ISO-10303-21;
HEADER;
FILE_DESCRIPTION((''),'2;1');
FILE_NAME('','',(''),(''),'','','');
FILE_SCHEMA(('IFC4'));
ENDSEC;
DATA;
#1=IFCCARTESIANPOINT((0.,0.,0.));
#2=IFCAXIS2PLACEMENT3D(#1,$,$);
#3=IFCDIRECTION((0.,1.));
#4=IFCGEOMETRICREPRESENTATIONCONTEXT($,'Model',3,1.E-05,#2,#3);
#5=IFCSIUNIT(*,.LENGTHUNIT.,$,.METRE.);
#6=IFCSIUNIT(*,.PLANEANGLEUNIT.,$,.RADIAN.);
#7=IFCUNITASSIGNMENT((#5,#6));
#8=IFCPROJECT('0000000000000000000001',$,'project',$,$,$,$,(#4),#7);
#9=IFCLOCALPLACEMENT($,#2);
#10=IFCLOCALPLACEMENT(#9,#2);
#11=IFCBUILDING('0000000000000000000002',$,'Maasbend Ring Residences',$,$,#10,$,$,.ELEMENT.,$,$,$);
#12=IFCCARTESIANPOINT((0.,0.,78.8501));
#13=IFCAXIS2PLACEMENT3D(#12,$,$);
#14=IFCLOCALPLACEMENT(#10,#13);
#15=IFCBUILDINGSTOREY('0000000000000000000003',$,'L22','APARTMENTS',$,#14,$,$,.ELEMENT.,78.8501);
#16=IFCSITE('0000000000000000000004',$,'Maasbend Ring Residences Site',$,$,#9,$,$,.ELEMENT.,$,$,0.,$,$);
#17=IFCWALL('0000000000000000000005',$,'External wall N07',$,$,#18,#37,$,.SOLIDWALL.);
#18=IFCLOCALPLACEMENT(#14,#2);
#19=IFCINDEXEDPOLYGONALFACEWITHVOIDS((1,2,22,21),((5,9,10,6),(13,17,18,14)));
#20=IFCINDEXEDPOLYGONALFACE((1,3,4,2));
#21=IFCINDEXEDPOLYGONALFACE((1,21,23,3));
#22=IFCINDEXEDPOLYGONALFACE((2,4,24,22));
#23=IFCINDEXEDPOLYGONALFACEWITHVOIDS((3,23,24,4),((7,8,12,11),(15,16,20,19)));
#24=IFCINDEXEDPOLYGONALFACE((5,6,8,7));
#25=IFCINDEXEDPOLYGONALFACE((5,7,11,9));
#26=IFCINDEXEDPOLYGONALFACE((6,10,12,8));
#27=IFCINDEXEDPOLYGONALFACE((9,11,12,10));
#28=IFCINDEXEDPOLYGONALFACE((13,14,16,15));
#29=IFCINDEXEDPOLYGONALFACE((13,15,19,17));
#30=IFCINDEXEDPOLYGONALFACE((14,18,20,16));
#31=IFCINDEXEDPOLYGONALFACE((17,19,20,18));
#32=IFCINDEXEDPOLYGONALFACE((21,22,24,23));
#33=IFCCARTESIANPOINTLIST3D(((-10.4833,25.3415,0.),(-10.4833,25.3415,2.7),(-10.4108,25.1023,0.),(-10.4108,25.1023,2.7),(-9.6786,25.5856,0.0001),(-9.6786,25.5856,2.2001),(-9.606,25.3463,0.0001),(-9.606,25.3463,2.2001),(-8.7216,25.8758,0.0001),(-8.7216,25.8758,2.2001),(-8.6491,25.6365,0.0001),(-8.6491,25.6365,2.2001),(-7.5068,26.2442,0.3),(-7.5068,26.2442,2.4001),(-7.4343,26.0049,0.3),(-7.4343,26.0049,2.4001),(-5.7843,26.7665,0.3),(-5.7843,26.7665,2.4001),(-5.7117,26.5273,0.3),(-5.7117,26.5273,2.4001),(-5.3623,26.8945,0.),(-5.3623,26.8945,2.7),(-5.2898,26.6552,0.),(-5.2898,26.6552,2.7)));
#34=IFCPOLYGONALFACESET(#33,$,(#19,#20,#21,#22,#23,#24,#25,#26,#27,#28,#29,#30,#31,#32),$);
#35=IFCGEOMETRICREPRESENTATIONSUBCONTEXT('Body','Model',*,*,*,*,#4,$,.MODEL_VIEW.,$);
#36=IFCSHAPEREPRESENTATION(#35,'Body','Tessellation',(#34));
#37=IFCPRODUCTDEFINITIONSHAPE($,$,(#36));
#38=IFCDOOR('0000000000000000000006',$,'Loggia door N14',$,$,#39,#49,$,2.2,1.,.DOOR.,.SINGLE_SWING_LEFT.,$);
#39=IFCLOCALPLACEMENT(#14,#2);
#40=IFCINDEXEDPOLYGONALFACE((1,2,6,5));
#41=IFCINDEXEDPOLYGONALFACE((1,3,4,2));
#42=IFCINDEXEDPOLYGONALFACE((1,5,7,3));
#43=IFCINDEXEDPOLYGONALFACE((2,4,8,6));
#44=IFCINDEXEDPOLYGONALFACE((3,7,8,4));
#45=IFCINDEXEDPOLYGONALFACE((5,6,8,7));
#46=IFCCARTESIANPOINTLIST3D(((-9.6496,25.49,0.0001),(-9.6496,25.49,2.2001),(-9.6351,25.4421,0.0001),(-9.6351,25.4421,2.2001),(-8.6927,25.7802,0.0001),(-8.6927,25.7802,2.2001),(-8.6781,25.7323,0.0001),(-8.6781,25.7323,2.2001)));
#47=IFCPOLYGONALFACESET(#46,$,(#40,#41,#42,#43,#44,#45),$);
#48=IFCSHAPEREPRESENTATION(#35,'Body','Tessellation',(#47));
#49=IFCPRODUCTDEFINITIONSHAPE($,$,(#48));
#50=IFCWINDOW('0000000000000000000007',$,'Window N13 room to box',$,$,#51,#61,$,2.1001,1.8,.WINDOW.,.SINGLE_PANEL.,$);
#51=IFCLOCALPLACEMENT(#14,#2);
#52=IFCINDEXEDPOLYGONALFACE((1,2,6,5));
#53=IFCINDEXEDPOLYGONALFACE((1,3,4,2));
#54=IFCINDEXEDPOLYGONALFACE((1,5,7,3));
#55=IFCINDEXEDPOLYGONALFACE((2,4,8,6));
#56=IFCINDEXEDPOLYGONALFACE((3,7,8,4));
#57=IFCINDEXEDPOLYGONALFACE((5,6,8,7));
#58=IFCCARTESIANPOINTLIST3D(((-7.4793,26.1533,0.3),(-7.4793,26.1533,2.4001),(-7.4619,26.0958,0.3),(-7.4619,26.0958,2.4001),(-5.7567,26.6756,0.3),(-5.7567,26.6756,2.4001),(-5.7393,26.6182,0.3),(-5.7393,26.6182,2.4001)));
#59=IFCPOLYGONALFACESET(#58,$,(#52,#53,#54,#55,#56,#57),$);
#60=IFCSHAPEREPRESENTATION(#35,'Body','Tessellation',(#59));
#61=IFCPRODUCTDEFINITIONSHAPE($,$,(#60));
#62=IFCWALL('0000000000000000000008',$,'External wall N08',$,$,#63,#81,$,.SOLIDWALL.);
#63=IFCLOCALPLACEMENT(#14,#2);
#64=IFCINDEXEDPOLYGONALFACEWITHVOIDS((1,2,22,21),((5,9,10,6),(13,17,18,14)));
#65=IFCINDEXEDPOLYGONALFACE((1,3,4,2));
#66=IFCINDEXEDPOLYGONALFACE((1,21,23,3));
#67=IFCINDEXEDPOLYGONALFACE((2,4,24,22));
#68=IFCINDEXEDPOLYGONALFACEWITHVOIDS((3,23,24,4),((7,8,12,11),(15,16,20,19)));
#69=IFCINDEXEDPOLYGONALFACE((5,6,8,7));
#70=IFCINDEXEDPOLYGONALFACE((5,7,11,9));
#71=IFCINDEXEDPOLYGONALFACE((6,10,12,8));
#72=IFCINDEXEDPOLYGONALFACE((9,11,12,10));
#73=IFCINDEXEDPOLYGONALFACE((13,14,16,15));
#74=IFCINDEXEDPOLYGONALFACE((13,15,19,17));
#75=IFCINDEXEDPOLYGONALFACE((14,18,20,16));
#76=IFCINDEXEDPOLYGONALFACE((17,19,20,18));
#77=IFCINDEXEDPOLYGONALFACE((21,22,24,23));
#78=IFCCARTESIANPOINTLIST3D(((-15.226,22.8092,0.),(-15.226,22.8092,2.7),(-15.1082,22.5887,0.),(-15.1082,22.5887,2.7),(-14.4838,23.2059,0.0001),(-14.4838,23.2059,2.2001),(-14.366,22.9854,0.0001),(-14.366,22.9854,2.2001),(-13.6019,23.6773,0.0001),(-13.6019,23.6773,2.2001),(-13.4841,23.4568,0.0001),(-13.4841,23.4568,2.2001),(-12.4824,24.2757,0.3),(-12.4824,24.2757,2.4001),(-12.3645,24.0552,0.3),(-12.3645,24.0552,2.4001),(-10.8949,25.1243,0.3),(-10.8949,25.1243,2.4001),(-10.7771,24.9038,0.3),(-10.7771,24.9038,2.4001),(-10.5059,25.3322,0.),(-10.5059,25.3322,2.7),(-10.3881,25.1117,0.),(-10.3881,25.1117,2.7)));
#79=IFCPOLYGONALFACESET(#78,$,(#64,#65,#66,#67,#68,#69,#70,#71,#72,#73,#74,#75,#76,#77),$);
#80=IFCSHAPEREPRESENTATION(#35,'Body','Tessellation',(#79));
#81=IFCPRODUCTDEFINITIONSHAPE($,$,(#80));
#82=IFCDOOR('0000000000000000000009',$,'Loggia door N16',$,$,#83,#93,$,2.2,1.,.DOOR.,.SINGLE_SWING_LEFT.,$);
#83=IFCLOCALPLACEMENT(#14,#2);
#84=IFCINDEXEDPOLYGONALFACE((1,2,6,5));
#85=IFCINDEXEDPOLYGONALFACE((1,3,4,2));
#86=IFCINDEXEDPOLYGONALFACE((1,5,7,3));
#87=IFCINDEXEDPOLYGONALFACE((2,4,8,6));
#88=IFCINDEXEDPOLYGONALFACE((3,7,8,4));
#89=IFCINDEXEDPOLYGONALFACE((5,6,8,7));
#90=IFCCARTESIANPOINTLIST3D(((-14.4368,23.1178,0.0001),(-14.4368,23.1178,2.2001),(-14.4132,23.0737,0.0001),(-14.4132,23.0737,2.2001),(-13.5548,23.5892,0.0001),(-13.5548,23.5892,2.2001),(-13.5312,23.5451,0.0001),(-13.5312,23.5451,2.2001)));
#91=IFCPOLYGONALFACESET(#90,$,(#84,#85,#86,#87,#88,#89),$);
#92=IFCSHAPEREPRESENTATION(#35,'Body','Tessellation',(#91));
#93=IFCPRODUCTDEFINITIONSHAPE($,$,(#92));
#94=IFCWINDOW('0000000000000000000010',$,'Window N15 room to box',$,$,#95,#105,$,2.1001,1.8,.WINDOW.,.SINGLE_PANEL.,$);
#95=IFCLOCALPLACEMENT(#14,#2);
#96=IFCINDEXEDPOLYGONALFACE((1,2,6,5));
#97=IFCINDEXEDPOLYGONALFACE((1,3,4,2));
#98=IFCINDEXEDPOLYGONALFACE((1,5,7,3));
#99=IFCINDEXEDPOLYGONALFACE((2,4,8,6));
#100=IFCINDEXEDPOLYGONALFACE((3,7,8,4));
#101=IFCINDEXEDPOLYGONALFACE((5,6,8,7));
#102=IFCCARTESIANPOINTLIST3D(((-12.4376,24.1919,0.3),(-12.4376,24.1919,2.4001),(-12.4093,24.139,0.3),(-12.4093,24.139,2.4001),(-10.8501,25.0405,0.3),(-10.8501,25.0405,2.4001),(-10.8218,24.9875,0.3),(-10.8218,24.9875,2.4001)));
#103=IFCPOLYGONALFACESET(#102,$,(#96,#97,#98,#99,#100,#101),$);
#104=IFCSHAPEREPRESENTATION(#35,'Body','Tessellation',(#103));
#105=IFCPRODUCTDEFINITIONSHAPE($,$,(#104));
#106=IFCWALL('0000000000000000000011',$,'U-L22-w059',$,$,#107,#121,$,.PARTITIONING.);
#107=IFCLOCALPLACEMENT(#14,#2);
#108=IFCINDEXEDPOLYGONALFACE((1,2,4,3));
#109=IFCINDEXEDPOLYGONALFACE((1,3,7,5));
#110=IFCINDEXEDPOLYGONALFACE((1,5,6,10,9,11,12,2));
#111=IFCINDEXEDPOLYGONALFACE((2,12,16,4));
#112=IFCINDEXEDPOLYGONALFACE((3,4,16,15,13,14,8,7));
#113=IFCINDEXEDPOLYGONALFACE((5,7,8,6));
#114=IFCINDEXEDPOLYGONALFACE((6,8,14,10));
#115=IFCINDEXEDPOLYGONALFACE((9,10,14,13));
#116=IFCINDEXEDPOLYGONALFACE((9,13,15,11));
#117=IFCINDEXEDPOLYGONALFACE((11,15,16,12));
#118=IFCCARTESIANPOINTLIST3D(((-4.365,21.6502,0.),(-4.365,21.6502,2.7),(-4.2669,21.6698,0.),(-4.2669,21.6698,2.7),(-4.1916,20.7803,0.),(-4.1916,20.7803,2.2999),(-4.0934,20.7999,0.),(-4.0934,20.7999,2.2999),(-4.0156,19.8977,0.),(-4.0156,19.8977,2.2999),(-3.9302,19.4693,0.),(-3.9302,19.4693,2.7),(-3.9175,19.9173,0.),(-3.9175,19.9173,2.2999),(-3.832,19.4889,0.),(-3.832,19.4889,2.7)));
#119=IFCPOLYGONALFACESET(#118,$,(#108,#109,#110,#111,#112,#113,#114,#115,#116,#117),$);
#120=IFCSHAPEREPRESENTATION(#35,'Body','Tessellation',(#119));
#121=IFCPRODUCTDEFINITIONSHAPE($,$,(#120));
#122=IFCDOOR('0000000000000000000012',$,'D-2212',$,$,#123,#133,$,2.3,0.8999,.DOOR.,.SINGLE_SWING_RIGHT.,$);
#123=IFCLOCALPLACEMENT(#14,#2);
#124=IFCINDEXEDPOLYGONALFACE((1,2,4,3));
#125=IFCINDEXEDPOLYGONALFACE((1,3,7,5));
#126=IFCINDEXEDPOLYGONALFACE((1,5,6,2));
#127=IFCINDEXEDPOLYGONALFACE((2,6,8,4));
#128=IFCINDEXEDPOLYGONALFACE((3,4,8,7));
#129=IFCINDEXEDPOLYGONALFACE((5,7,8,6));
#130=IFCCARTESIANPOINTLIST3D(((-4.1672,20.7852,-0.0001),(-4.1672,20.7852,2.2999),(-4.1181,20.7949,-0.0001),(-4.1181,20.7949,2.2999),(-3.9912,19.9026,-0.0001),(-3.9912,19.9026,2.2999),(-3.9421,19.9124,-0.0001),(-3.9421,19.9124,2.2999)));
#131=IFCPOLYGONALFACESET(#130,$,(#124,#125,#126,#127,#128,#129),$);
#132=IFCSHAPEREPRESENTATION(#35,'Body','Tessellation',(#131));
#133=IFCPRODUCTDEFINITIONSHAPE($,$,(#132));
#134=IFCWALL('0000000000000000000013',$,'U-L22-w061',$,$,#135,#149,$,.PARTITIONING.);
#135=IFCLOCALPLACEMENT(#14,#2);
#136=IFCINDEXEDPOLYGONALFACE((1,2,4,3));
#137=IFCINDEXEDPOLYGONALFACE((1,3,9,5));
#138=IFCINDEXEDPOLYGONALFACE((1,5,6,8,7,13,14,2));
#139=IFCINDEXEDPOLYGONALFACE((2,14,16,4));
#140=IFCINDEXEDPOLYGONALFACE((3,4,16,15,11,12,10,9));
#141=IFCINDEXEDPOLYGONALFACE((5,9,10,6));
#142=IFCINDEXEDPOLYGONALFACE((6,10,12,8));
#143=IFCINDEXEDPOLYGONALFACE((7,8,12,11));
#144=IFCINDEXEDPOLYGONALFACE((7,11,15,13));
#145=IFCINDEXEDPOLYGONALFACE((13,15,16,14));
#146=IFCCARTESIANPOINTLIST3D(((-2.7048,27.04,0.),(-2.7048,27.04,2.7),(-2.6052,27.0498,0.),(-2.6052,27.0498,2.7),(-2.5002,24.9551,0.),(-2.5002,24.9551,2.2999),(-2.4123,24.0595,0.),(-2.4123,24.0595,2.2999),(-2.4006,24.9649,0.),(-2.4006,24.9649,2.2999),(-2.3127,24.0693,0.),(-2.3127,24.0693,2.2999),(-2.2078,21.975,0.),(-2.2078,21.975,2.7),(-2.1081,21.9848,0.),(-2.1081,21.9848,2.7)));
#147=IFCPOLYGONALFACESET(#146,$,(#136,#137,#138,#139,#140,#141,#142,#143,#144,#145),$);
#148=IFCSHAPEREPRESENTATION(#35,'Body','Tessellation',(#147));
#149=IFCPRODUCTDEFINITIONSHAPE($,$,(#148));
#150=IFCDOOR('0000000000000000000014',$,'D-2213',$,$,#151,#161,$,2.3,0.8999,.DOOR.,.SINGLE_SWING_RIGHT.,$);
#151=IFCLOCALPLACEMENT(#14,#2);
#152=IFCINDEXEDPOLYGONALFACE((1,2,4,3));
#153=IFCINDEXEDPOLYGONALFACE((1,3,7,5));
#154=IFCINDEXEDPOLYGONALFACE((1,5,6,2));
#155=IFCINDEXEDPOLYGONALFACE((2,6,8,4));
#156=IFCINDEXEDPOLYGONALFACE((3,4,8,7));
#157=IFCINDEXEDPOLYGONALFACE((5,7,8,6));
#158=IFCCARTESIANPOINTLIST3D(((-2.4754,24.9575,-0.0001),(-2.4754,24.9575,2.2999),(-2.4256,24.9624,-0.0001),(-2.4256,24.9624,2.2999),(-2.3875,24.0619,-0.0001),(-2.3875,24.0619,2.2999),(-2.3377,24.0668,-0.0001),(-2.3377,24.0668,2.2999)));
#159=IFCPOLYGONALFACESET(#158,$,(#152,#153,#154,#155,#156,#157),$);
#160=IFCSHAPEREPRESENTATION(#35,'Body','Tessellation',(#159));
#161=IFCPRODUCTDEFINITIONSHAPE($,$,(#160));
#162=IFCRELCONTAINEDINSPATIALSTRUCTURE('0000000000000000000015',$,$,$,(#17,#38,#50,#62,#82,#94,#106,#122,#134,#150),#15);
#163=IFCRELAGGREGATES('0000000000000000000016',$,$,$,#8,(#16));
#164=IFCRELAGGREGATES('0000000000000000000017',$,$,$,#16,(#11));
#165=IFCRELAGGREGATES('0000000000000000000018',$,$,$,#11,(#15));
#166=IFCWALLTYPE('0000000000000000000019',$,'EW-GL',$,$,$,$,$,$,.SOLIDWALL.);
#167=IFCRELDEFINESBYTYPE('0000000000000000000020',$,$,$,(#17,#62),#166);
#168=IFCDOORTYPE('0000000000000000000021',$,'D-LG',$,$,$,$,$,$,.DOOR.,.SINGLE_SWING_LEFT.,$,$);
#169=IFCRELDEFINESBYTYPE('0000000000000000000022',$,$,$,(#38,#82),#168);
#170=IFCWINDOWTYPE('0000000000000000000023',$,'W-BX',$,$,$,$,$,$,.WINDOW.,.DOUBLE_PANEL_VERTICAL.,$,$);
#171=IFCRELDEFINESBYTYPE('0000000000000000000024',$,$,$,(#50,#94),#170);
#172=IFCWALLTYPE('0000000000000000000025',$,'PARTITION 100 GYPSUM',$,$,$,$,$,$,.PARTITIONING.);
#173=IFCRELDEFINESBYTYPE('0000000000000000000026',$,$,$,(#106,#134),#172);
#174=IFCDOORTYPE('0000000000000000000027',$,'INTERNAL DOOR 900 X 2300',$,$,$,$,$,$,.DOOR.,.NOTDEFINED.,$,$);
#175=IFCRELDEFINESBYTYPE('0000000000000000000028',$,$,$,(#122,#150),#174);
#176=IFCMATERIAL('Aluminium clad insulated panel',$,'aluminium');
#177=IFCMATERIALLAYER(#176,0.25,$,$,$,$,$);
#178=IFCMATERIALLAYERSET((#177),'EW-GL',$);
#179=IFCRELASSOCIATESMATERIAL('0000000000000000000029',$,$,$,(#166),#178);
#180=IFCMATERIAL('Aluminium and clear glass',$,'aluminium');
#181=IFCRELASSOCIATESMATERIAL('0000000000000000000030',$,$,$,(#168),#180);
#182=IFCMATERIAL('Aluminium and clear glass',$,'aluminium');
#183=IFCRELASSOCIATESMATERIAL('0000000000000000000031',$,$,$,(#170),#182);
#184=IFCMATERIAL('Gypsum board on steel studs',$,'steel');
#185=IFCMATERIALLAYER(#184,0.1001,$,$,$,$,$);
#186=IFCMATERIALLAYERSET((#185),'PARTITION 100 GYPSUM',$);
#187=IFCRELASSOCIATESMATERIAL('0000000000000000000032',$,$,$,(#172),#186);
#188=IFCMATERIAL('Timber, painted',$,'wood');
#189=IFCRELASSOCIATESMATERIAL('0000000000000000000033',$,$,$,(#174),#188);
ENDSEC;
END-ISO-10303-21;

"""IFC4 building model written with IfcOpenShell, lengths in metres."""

from ifc_helpers import new_model, si_unit, direction, frame, frame_2d, origin, place, context, subcontext, project, spatial, rectangle, extrude, material, layer, layer_set, type_object, element, fill, save


model = new_model("IFC4")

# Units and contexts
model_context = context("Model", 3, precision=1e-05, world=origin(), true_north=direction((0.0, 1.0)))
body_context = subcontext(model_context, "Body", "Model", "MODEL_VIEW")
ifc_project = project(units=[si_unit("LENGTHUNIT", "METRE"), si_unit("PLANEANGLEUNIT", "RADIAN")], contexts=[model_context])

# Site, building, storey
site_placement = place(None, origin())
site = spatial("IfcSite", under=ifc_project, at=site_placement, Name="Maasbend Ring Residences Site", CompositionType="ELEMENT", RefElevation=0.0)
building_placement = place(site_placement, origin())
building = spatial("IfcBuilding", under=site, at=building_placement, Name="Maasbend Ring Residences", CompositionType="ELEMENT")
storey_placement = place(building_placement, frame((0.0, 0.0, 78.8501)))
storey = spatial("IfcBuildingStorey", under=building, at=storey_placement, Name="L22", Description="APARTMENTS", CompositionType="ELEMENT", Elevation=78.8501)

# Walls, openings, doors, windows
ifc_material_1 = material(Name="Aluminium clad insulated panel", Category="aluminium")
ifc_layer_1 = layer(ifc_material_1, 0.25)
ifc_layer_set_1 = layer_set([ifc_layer_1], Name="EW-GL")
wall_type_1 = type_object("IfcWallType", Name="EW-GL", PredefinedType="SOLIDWALL", material=ifc_layer_set_1)
wall_1_placement = place(storey_placement, frame((-5.3259, 26.7749, 0.0), z_axis=(0.0, 0.0, 1.0), x_axis=(-0.956966, -0.290201, 0.0)))
wall_1 = element("IfcWall", 1, at=wall_1_placement, inside=storey, type_object=wall_type_1, Name="External wall N07", PredefinedType="SOLIDWALL", context=body_context, shape_type="SweptSolid", body=[
    extrude(rectangle(XDim=5.3513, YDim=0.25, at=frame_2d((2.6758, 0.0))), origin(), (0.0, 0.0, 1.0), 2.7),
])
opening_1_placement = place(wall_1_placement, frame((0.4412, 0.0, 0.3)))
opening_1 = element("IfcOpeningElement", 2, at=opening_1_placement, cuts=wall_1, PredefinedType="OPENING", context=body_context, shape_type="SweptSolid", body=[
    extrude(rectangle(XDim=1.8, YDim=2.1001, at=frame_2d((0.8999, 1.05))), frame((0.0, 0.135, 0.0), z_axis=(0.0, -1.0, 0.0), x_axis=(1.0, 0.0, 0.0)), (0.0, 0.0, 1.0), 0.27),
])
opening_2_placement = place(wall_1_placement, frame((3.5105, 0.0, 0.0)))
opening_2 = element("IfcOpeningElement", 3, at=opening_2_placement, cuts=wall_1, PredefinedType="OPENING", context=body_context, shape_type="SweptSolid", body=[
    extrude(rectangle(XDim=1.0, YDim=2.2, at=frame_2d((0.5, 1.1001))), frame((0.0, 0.135, 0.0), z_axis=(0.0, -1.0, 0.0), x_axis=(1.0, 0.0, 0.0)), (0.0, 0.0, 1.0), 0.27),
])
ifc_material_2 = material(Name="Aluminium and clear glass", Category="aluminium")
door_type_1 = type_object("IfcDoorType", Name="D-LG", OperationType="SINGLE_SWING_LEFT", PredefinedType="DOOR", material=ifc_material_2)
door_1_placement = place(opening_2_placement, origin())
door_1 = element("IfcDoor", 4, at=door_1_placement, inside=storey, type_object=door_type_1, Name="Loggia door N14", OperationType="SINGLE_SWING_LEFT", OverallHeight=2.2, OverallWidth=1.0, PredefinedType="DOOR", context=body_context, shape_type="SweptSolid", body=[
    extrude(rectangle(XDim=1.0, YDim=2.2, at=frame_2d((0.5, 1.1001))), frame((0.0, 0.0249, 0.0), z_axis=(0.0, -1.0, 0.0), x_axis=(1.0, 0.0, 0.0)), (0.0, 0.0, 1.0), 0.05),
])
fill(opening_2, door_1)
ifc_material_3 = material(Name="Aluminium and clear glass", Category="aluminium")
window_type_1 = type_object("IfcWindowType", Name="W-BX", PartitioningType="DOUBLE_PANEL_VERTICAL", PredefinedType="WINDOW", material=ifc_material_3)
window_1_placement = place(opening_1_placement, origin())
window_1 = element("IfcWindow", 5, at=window_1_placement, inside=storey, type_object=window_type_1, Name="Window N13 room to box", OverallHeight=2.1001, OverallWidth=1.8, PartitioningType="SINGLE_PANEL", PredefinedType="WINDOW", context=body_context, shape_type="SweptSolid", body=[
    extrude(rectangle(XDim=1.8, YDim=2.1001, at=frame_2d((0.8999, 1.05))), frame((0.0, 0.03, 0.0), z_axis=(0.0, -1.0, 0.0), x_axis=(1.0, 0.0, 0.0)), (0.0, 0.0, 1.0), 0.0601),
])
fill(opening_1, window_1)
wall_2_placement = place(storey_placement, frame((-10.447, 25.2219, 0.0), z_axis=(0.0, 0.0, 1.0), x_axis=(-0.881916, -0.471407, 0.0)))
wall_2 = element("IfcWall", 6, at=wall_2_placement, inside=storey, type_object=wall_type_1, Name="External wall N08", PredefinedType="SOLIDWALL", context=body_context, shape_type="SweptSolid", body=[
    extrude(rectangle(XDim=5.3521, YDim=0.25, at=frame_2d((2.676, 0.0))), origin(), (0.0, 0.0, 1.0), 2.7),
])
opening_3_placement = place(wall_2_placement, frame((0.4412, 0.0, 0.3)))
opening_3 = element("IfcOpeningElement", 7, at=opening_3_placement, cuts=wall_2, PredefinedType="OPENING", context=body_context, shape_type="SweptSolid", body=[
    extrude(rectangle(XDim=1.8, YDim=2.1001, at=frame_2d((0.8999, 1.05))), frame((0.0, 0.135, 0.0), z_axis=(0.0, -1.0, 0.0), x_axis=(1.0, 0.0, 0.0)), (0.0, 0.0, 1.0), 0.27),
])
opening_4_placement = place(wall_2_placement, frame((3.5105, 0.0, 0.0)))
opening_4 = element("IfcOpeningElement", 8, at=opening_4_placement, cuts=wall_2, PredefinedType="OPENING", context=body_context, shape_type="SweptSolid", body=[
    extrude(rectangle(XDim=1.0, YDim=2.2, at=frame_2d((0.5, 1.1001))), frame((0.0, 0.135, 0.0), z_axis=(0.0, -1.0, 0.0), x_axis=(1.0, 0.0, 0.0)), (0.0, 0.0, 1.0), 0.27),
])
door_2_placement = place(opening_4_placement, origin())
door_2 = element("IfcDoor", 9, at=door_2_placement, inside=storey, type_object=door_type_1, Name="Loggia door N16", OperationType="SINGLE_SWING_LEFT", OverallHeight=2.2, OverallWidth=1.0, PredefinedType="DOOR", context=body_context, shape_type="SweptSolid", body=[
    extrude(rectangle(XDim=1.0, YDim=2.2, at=frame_2d((0.5, 1.1001))), frame((0.0, 0.0249, 0.0), z_axis=(0.0, -1.0, 0.0), x_axis=(1.0, 0.0, 0.0)), (0.0, 0.0, 1.0), 0.05),
])
fill(opening_4, door_2)
window_2_placement = place(opening_3_placement, origin())
window_2 = element("IfcWindow", 10, at=window_2_placement, inside=storey, type_object=window_type_1, Name="Window N15 room to box", OverallHeight=2.1001, OverallWidth=1.8, PartitioningType="SINGLE_PANEL", PredefinedType="WINDOW", context=body_context, shape_type="SweptSolid", body=[
    extrude(rectangle(XDim=1.8, YDim=2.1001, at=frame_2d((0.8999, 1.05))), frame((0.0, 0.03, 0.0), z_axis=(0.0, -1.0, 0.0), x_axis=(1.0, 0.0, 0.0)), (0.0, 0.0, 1.0), 0.0601),
])
fill(opening_3, window_2)

# Walls, openings, doors
ifc_material_4 = material(Name="Gypsum board on steel studs", Category="steel")
ifc_layer_2 = layer(ifc_material_4, 0.1001)
ifc_layer_set_2 = layer_set([ifc_layer_2], Name="PARTITION 100 GYPSUM")
wall_type_2 = type_object("IfcWallType", Name="PARTITION 100 GYPSUM", PredefinedType="PARTITIONING", material=ifc_layer_set_2)
wall_3_placement = place(storey_placement, frame((-4.3159, 21.6599, 0.0), z_axis=(0.0, 0.0, 1.0), x_axis=(0.195525, -0.980699, 0.0)))
wall_3 = element("IfcWall", 11, at=wall_3_placement, inside=storey, type_object=wall_type_2, Name="U-L22-w059", PredefinedType="PARTITIONING", context=body_context, shape_type="SweptSolid", body=[
    extrude(rectangle(XDim=2.2239, YDim=0.1001, at=frame_2d((1.1118, 0.0))), origin(), (0.0, 0.0, 1.0), 2.7),
])
opening_5_placement = place(wall_3_placement, frame((0.887, 0.0, 0.0)))
opening_5 = element("IfcOpeningElement", 12, at=opening_5_placement, cuts=wall_3, PredefinedType="OPENING", context=body_context, shape_type="SweptSolid", body=[
    extrude(rectangle(XDim=0.8999, YDim=2.3, at=frame_2d((0.45, 1.1499))), frame((0.0, 0.0601, 0.0), z_axis=(0.0, -1.0, 0.0), x_axis=(1.0, 0.0, 0.0)), (0.0, 0.0, 1.0), 0.1201),
])
ifc_material_5 = material(Name="Timber, painted", Category="wood")
door_type_2 = type_object("IfcDoorType", Name="INTERNAL DOOR 900 X 2300", OperationType="NOTDEFINED", PredefinedType="DOOR", material=ifc_material_5)
door_3_placement = place(opening_5_placement, origin())
door_3 = element("IfcDoor", 13, at=door_3_placement, inside=storey, type_object=door_type_2, Name="D-2212", OperationType="SINGLE_SWING_RIGHT", OverallHeight=2.3, OverallWidth=0.8999, PredefinedType="DOOR", context=body_context, shape_type="SweptSolid", body=[
    extrude(rectangle(XDim=0.8999, YDim=2.3, at=frame_2d((0.45, 1.1499))), frame((0.0, 0.0249, 0.0), z_axis=(0.0, -1.0, 0.0), x_axis=(1.0, 0.0, 0.0)), (0.0, 0.0, 1.0), 0.05),
])
fill(opening_5, door_3)
wall_4_placement = place(storey_placement, frame((-2.655, 27.0449, 0.0), z_axis=(0.0, 0.0, 1.0), x_axis=(0.09767, -0.995219, 0.0)))
wall_4 = element("IfcWall", 14, at=wall_4_placement, inside=storey, type_object=wall_type_2, Name="U-L22-w061", PredefinedType="PARTITIONING", context=body_context, shape_type="SweptSolid", body=[
    extrude(rectangle(XDim=5.0894, YDim=0.1001, at=frame_2d((2.5447, 0.0))), origin(), (0.0, 0.0, 1.0), 2.7),
])
opening_6_placement = place(wall_4_placement, frame((2.095, 0.0, 0.0)))
opening_6 = element("IfcOpeningElement", 15, at=opening_6_placement, cuts=wall_4, PredefinedType="OPENING", context=body_context, shape_type="SweptSolid", body=[
    extrude(rectangle(XDim=0.8999, YDim=2.3, at=frame_2d((0.45, 1.1499))), frame((0.0, 0.0601, 0.0), z_axis=(0.0, -1.0, 0.0), x_axis=(1.0, 0.0, 0.0)), (0.0, 0.0, 1.0), 0.1201),
])
door_4_placement = place(opening_6_placement, origin())
door_4 = element("IfcDoor", 16, at=door_4_placement, inside=storey, type_object=door_type_2, Name="D-2213", OperationType="SINGLE_SWING_RIGHT", OverallHeight=2.3, OverallWidth=0.8999, PredefinedType="DOOR", context=body_context, shape_type="SweptSolid", body=[
    extrude(rectangle(XDim=0.8999, YDim=2.3, at=frame_2d((0.45, 1.1499))), frame((0.0, 0.0249, 0.0), z_axis=(0.0, -1.0, 0.0), x_axis=(1.0, 0.0, 0.0)), (0.0, 0.0, 1.0), 0.05),
])
fill(opening_6, door_4)

save(model, "model.ifc")
